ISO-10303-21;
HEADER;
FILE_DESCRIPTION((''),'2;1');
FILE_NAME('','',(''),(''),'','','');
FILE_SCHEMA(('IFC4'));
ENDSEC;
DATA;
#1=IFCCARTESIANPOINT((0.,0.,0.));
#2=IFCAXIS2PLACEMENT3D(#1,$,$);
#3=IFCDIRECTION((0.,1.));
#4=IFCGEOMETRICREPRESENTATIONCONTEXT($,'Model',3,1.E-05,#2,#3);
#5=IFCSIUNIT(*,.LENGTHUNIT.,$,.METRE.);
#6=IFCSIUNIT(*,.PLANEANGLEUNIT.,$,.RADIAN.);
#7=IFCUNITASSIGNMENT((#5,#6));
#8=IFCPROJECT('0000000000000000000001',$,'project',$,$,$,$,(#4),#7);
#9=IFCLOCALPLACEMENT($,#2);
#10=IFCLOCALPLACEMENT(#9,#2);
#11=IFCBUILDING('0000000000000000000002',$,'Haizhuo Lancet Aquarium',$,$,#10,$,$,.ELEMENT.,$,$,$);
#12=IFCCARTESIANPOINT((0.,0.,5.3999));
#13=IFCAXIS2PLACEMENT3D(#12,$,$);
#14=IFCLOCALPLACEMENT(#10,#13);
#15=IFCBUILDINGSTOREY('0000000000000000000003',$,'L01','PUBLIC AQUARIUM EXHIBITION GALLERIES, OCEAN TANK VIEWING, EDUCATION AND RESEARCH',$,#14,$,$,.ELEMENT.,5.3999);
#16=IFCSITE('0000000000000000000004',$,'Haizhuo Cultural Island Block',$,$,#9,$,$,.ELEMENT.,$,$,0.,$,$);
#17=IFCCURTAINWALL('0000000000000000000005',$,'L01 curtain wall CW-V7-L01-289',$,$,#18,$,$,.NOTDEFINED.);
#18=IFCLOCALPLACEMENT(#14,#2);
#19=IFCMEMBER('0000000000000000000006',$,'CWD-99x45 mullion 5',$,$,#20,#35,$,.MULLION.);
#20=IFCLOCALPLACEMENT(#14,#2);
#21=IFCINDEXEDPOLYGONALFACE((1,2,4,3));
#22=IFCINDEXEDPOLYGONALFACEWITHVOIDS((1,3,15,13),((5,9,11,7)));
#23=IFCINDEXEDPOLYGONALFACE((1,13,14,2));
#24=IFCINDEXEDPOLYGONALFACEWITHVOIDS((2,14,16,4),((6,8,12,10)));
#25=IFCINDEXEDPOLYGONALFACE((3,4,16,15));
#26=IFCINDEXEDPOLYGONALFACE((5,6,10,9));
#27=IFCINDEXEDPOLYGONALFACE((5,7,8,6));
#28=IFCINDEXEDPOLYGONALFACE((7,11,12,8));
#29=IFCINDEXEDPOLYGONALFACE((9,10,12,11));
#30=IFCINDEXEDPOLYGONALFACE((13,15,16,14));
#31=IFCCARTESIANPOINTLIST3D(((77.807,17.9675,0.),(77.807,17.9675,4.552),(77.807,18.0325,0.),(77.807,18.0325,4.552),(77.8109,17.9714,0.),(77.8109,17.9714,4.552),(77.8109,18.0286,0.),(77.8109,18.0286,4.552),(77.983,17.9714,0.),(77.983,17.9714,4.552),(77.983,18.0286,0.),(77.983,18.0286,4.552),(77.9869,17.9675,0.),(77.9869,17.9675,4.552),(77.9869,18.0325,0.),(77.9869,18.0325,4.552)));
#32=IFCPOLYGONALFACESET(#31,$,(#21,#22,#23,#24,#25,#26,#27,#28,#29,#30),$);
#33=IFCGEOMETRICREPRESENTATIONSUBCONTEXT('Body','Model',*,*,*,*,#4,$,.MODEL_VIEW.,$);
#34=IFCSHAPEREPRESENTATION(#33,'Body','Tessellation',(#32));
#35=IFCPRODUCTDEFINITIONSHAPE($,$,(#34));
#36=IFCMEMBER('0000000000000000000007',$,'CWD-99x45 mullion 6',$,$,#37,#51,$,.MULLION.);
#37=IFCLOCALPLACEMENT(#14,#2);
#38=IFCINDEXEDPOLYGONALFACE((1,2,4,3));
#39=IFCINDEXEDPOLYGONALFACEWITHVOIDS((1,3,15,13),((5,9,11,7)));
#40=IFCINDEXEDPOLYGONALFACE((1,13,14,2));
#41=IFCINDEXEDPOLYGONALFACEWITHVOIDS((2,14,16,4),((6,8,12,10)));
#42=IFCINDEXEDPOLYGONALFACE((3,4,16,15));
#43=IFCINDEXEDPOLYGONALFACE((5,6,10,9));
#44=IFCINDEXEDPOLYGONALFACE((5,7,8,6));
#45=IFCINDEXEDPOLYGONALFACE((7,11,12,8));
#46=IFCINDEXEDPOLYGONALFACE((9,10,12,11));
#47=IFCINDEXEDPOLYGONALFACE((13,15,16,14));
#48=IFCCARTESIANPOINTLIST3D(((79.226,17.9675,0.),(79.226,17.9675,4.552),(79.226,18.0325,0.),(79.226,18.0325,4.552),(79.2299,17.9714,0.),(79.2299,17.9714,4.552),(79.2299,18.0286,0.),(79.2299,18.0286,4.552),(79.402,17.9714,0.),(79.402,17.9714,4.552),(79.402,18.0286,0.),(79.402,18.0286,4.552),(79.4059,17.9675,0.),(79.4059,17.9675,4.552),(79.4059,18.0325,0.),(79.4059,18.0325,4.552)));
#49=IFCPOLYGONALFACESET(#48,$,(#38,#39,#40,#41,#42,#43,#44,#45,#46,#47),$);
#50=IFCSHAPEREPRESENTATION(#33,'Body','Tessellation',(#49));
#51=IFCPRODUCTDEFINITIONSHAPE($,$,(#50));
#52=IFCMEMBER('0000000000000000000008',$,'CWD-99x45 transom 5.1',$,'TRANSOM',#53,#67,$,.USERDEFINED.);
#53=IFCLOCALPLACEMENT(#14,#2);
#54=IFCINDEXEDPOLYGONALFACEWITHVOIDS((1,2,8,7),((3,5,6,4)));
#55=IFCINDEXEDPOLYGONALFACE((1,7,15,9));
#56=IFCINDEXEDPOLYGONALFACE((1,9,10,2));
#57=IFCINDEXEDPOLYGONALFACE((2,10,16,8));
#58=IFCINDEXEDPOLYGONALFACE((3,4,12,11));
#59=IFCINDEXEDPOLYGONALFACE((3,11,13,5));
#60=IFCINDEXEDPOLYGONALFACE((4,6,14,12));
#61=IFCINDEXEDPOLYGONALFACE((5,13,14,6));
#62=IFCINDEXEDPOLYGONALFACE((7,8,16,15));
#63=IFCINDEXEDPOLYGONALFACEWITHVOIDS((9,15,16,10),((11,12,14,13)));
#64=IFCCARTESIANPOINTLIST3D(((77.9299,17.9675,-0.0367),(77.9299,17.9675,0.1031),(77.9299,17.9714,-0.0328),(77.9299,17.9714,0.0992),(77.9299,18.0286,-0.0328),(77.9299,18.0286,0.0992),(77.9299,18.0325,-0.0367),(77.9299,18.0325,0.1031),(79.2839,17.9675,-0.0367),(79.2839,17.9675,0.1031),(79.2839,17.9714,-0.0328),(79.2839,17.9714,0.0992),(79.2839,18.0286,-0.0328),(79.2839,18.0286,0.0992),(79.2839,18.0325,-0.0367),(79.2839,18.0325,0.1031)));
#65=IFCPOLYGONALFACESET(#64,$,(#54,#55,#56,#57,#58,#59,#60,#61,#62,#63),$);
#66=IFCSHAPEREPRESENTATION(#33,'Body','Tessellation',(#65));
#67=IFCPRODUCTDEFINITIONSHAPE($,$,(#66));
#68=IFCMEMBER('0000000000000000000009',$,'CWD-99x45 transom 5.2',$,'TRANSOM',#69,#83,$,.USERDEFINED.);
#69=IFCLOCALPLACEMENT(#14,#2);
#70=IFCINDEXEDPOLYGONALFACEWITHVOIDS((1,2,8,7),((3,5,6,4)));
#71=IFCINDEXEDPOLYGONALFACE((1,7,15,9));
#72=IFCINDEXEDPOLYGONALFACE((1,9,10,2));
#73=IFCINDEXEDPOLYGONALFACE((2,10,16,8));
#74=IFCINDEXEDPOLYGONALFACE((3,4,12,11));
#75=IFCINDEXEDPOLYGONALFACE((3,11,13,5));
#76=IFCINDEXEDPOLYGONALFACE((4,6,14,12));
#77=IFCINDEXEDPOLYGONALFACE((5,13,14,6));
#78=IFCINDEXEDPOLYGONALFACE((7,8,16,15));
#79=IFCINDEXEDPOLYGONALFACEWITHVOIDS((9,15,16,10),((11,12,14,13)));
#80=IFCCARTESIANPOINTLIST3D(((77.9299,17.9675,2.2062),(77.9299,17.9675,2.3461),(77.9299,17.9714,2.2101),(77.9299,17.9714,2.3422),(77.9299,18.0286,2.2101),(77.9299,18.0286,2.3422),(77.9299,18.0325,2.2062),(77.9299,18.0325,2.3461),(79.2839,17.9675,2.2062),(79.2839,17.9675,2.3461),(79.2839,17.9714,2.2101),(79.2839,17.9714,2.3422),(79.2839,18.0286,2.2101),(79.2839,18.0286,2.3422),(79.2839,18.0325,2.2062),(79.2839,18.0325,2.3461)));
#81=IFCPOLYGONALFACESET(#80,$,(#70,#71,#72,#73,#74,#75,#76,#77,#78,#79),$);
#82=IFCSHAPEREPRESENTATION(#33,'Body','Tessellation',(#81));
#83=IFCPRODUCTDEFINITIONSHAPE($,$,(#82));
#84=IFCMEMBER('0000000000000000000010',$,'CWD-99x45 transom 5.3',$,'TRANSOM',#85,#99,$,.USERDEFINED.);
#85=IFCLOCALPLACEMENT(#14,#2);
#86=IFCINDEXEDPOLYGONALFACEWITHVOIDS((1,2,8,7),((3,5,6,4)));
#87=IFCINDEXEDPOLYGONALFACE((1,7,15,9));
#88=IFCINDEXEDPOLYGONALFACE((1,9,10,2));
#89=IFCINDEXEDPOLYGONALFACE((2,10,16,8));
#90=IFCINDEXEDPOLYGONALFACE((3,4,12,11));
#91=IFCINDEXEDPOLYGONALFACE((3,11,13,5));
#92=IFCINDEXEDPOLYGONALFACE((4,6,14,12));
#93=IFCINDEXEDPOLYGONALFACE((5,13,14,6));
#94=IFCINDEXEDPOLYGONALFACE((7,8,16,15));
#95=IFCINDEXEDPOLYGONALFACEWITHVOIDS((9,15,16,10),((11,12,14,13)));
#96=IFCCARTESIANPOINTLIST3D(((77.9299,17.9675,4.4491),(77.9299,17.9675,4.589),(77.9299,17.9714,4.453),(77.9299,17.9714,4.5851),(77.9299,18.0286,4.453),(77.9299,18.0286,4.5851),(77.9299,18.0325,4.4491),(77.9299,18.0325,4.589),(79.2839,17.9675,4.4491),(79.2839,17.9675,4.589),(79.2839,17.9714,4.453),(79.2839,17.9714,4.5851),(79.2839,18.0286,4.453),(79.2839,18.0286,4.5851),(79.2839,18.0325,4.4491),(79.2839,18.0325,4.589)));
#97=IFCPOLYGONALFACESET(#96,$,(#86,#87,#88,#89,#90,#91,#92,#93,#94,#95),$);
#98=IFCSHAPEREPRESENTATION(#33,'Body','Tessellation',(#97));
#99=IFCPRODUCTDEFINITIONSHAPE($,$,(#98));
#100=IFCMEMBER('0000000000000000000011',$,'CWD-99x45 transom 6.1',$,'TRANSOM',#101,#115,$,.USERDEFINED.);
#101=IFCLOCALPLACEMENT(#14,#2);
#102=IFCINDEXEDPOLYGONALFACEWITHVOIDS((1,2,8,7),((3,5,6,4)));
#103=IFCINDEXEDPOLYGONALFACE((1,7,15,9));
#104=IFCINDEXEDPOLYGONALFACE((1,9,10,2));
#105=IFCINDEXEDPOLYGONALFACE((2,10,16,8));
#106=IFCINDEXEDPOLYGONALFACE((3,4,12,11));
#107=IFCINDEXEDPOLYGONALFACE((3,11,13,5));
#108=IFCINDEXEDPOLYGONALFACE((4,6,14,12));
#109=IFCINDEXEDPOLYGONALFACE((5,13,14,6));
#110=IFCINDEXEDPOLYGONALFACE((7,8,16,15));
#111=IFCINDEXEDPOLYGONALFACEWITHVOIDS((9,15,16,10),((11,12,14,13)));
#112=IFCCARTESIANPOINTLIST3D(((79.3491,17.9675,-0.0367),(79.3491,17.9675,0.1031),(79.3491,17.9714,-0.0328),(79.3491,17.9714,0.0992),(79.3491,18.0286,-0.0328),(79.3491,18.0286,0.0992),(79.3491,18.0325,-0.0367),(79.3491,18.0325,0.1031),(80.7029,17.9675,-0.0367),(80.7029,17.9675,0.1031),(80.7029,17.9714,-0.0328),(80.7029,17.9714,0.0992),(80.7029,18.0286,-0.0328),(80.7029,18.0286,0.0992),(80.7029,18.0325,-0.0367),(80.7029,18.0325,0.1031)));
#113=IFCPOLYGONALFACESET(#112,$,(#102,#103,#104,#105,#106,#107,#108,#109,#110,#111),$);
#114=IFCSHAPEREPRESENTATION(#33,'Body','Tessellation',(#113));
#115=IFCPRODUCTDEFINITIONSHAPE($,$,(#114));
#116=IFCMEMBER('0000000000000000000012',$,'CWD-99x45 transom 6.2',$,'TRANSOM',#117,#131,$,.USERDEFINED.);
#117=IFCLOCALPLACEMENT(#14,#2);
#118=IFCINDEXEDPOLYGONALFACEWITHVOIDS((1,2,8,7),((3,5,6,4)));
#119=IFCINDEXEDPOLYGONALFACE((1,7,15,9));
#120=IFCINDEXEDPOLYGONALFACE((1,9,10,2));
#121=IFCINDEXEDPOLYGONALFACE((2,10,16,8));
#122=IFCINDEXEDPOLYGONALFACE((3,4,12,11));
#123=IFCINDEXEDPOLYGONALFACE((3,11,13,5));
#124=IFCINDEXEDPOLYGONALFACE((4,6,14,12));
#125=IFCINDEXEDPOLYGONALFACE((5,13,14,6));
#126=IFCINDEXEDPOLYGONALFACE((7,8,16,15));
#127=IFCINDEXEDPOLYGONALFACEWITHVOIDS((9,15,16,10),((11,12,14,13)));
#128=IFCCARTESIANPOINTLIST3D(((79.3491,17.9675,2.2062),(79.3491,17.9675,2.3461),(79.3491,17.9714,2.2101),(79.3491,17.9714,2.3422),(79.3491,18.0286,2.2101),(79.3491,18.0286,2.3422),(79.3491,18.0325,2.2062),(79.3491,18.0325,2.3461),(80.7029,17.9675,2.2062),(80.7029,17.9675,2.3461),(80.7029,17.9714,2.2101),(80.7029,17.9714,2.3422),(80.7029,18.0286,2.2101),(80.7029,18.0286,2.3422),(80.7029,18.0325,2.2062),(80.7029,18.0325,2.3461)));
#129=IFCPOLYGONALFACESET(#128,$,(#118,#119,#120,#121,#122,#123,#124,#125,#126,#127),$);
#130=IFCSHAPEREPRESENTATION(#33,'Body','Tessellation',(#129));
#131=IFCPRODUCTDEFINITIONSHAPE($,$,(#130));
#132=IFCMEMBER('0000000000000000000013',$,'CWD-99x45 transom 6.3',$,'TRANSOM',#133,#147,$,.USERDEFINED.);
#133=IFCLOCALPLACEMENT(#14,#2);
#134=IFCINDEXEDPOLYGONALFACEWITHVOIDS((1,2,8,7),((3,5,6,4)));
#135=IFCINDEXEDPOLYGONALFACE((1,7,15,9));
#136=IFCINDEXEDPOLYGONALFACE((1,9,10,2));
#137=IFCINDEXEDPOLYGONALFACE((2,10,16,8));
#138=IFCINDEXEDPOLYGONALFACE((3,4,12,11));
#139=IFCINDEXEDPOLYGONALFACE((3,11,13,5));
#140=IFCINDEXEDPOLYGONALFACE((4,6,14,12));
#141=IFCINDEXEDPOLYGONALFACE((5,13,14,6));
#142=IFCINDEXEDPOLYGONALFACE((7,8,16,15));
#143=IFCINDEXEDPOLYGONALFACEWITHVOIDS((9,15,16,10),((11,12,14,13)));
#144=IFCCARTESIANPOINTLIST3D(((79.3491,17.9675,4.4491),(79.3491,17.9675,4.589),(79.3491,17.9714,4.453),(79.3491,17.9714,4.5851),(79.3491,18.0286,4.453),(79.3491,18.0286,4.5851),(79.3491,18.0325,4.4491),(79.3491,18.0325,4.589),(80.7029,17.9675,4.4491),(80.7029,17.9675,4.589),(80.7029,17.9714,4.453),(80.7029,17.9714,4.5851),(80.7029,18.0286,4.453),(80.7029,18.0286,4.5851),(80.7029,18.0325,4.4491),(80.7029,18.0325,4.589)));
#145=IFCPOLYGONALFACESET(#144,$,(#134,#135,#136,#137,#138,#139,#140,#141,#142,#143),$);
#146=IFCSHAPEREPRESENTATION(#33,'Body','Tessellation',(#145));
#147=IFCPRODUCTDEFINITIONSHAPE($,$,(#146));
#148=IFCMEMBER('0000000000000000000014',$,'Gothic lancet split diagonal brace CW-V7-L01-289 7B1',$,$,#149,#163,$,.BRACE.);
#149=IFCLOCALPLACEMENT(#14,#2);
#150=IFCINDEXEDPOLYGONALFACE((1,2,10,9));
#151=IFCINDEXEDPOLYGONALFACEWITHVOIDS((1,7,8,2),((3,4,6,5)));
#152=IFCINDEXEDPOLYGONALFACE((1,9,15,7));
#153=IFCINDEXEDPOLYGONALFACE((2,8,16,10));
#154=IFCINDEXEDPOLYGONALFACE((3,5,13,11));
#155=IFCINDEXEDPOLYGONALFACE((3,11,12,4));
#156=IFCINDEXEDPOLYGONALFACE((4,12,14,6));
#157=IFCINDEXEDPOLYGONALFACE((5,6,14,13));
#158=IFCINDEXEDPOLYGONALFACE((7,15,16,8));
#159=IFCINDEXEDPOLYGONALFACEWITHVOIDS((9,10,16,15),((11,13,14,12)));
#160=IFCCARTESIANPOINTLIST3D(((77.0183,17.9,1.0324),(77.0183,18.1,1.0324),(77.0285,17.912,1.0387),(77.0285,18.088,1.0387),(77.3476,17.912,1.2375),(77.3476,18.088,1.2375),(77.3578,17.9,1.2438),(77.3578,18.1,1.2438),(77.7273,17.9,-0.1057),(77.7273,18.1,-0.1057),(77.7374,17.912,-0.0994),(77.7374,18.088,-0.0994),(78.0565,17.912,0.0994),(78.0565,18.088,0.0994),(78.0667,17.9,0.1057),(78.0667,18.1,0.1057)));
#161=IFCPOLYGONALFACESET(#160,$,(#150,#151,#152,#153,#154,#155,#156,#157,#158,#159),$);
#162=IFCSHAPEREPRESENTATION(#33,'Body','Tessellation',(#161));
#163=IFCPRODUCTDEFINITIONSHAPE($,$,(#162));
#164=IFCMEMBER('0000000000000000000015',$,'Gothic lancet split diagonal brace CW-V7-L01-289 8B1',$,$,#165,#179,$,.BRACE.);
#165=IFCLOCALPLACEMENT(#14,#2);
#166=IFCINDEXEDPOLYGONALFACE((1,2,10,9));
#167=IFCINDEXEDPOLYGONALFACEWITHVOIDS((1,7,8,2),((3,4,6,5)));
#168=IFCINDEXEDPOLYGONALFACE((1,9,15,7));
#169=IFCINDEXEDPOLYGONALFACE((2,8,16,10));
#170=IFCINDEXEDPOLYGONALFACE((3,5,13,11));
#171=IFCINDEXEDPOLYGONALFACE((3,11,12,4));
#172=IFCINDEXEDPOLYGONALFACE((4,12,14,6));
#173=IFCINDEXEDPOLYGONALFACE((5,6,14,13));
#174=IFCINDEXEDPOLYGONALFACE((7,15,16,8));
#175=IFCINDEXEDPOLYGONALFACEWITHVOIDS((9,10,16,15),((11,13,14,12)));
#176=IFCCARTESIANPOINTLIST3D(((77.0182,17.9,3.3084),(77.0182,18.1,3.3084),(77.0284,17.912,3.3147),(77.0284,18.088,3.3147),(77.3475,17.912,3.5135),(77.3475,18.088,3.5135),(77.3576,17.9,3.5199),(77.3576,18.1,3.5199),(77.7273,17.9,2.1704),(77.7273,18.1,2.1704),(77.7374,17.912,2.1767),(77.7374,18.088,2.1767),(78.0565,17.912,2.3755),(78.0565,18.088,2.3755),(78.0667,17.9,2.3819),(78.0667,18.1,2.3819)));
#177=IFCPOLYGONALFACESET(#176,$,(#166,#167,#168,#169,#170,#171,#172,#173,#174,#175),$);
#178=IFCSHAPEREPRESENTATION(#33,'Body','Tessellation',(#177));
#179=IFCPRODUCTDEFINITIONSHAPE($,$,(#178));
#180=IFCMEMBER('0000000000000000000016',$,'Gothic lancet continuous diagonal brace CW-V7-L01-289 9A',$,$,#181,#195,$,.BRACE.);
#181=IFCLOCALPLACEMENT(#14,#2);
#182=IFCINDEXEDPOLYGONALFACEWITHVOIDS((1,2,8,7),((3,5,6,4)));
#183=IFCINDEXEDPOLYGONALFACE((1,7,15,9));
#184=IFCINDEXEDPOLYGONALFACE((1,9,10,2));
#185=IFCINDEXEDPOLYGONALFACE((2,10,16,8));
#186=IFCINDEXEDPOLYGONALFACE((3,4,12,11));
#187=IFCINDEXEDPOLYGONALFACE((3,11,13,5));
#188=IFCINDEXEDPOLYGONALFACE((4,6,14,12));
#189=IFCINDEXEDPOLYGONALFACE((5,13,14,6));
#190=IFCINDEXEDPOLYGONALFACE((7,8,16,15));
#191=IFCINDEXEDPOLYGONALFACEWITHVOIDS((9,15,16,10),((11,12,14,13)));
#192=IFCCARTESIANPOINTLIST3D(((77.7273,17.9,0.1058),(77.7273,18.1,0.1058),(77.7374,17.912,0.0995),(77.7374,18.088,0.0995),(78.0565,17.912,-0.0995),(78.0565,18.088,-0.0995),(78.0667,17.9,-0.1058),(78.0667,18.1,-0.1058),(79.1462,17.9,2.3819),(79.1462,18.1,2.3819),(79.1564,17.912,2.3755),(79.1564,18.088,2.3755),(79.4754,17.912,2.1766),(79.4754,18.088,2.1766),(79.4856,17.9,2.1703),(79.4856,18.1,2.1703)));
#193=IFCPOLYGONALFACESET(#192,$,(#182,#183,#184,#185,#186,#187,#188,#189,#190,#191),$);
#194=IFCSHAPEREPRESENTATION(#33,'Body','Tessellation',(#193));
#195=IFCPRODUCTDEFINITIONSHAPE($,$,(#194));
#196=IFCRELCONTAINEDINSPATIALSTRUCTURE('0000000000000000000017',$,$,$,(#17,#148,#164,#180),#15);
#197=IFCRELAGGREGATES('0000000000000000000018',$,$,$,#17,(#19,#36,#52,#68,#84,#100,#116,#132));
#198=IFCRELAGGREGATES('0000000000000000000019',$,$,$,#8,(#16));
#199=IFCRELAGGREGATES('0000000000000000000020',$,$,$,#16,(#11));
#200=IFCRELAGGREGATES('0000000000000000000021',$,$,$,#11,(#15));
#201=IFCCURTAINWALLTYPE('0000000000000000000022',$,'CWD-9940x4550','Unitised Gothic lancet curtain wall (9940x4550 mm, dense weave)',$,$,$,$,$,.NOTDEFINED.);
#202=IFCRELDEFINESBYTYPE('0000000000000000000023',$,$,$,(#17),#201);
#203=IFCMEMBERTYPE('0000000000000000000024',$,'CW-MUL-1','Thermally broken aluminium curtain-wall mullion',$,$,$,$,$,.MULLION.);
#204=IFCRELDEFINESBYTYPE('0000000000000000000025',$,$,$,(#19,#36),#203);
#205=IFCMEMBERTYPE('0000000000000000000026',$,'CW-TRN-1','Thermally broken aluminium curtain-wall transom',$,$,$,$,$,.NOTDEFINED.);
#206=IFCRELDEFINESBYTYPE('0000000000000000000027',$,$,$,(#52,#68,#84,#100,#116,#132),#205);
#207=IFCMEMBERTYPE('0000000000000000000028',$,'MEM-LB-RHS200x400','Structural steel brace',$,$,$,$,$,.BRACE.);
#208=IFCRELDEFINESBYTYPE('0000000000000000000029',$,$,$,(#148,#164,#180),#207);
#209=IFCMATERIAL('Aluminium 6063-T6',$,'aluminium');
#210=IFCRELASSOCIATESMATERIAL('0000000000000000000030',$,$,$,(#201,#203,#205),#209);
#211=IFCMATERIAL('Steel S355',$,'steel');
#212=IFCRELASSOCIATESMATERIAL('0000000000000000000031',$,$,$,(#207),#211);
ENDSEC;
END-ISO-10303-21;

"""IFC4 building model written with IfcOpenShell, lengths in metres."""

from ifc_helpers import new_model, si_unit, direction, frame, origin, origin_2d, place, context, subcontext, project, spatial, hollow_rectangle, extrude, material, material_profile, profile_set, type_object, element, aggregate, save


model = new_model("IFC4")

# Units and contexts
model_context = context("Model", 3, precision=1e-05, world=origin(), true_north=direction((0.0, 1.0)))
body_context = subcontext(model_context, "Body", "Model", "MODEL_VIEW")
ifc_project = project(units=[si_unit("LENGTHUNIT", "METRE"), si_unit("PLANEANGLEUNIT", "RADIAN")], contexts=[model_context])

# Site, building, storey
site_placement = place(None, origin())
site = spatial("IfcSite", under=ifc_project, at=site_placement, Name="Haizhuo Cultural Island Block", CompositionType="ELEMENT", RefElevation=0.0)
building_placement = place(site_placement, origin())
building = spatial("IfcBuilding", under=site, at=building_placement, Name="Haizhuo Lancet Aquarium", CompositionType="ELEMENT")
storey_placement = place(building_placement, frame((0.0, 0.0, 5.3999)))
storey = spatial("IfcBuildingStorey", under=building, at=storey_placement, Name="L01", Description="PUBLIC AQUARIUM EXHIBITION GALLERIES, OCEAN TANK VIEWING, EDUCATION AND RESEARCH", CompositionType="ELEMENT", Elevation=5.3999)

# Curtain wall, members
ifc_material_1 = material(Name="Aluminium 6063-T6", Category="aluminium")
curtain_wall_type = type_object("IfcCurtainWallType", Name="CWD-9940x4550", Description="Unitised Gothic lancet curtain wall (9940x4550 mm, dense weave)", PredefinedType="NOTDEFINED", material=ifc_material_1)
curtain_wall_placement = place(storey_placement, origin())
curtain_wall = element("IfcCurtainWall", 1, at=curtain_wall_placement, inside=storey, type_object=curtain_wall_type, Name="L01 curtain wall CW-V7-L01-289", PredefinedType="NOTDEFINED")
ifc_material_profile_1 = material_profile(ifc_material_1, hollow_rectangle(XDim=0.0649, YDim=0.1799, WallThickness=0.0039, at=origin_2d()), Name="ALU-M 65x180x4")
ifc_profile_set_1 = profile_set([ifc_material_profile_1], Name="Aluminium 6063-T6")
member_type_1 = type_object("IfcMemberType", Name="CW-MUL-1", Description="Thermally broken aluminium curtain-wall mullion", PredefinedType="MULLION", material=ifc_profile_set_1)
member_1_placement = place(storey_placement, frame((77.897, 18.0, 0.0), z_axis=(0.0, 0.0, 1.0), x_axis=(0.0, 1.0, 0.0)))
member_1 = element("IfcMember", 2, at=member_1_placement, type_object=member_type_1, Name="CWD-99x45 mullion 5", PredefinedType="MULLION", context=body_context, shape_type="SweptSolid", body=[
    extrude(hollow_rectangle(XDim=0.0649, YDim=0.1799, WallThickness=0.0039, at=origin_2d()), origin(), (0.0, 0.0, 1.0), 4.552),
])
member_2_placement = place(storey_placement, frame((79.3159, 18.0, 0.0), z_axis=(0.0, 0.0, 1.0), x_axis=(0.0, 1.0, 0.0)))
member_2 = element("IfcMember", 3, at=member_2_placement, type_object=member_type_1, Name="CWD-99x45 mullion 6", PredefinedType="MULLION", context=body_context, shape_type="SweptSolid", body=[
    extrude(hollow_rectangle(XDim=0.0649, YDim=0.1799, WallThickness=0.0039, at=origin_2d()), origin(), (0.0, 0.0, 1.0), 4.552),
])
ifc_material_profile_2 = material_profile(ifc_material_1, hollow_rectangle(XDim=0.0649, YDim=0.1399, WallThickness=0.0039, at=origin_2d()), Name="ALU-T 65x140x4")
ifc_profile_set_2 = profile_set([ifc_material_profile_2], Name="Aluminium 6063-T6")
member_type_2 = type_object("IfcMemberType", Name="CW-TRN-1", Description="Thermally broken aluminium curtain-wall transom", PredefinedType="NOTDEFINED", material=ifc_profile_set_2)
member_3_placement = place(storey_placement, frame((77.9299, 18.0, 0.0332), z_axis=(1.0, 0.0, 0.0), x_axis=(0.0, 1.0, 0.0)))
member_3 = element("IfcMember", 4, at=member_3_placement, type_object=member_type_2, Name="CWD-99x45 transom 5.1", ObjectType="TRANSOM", PredefinedType="USERDEFINED", context=body_context, shape_type="SweptSolid", body=[
    extrude(hollow_rectangle(XDim=0.0649, YDim=0.1399, WallThickness=0.0039, at=origin_2d()), origin(), (0.0, 0.0, 1.0), 1.354),
])
member_4_placement = place(storey_placement, frame((77.9299, 18.0, 2.2761), z_axis=(1.0, 0.0, 0.0), x_axis=(0.0, 1.0, 0.0)))
member_4 = element("IfcMember", 5, at=member_4_placement, type_object=member_type_2, Name="CWD-99x45 transom 5.2", ObjectType="TRANSOM", PredefinedType="USERDEFINED", context=body_context, shape_type="SweptSolid", body=[
    extrude(hollow_rectangle(XDim=0.0649, YDim=0.1399, WallThickness=0.0039, at=origin_2d()), origin(), (0.0, 0.0, 1.0), 1.354),
])
member_5_placement = place(storey_placement, frame((77.9299, 18.0, 4.519), z_axis=(1.0, 0.0, 0.0), x_axis=(0.0, 1.0, 0.0)))
member_5 = element("IfcMember", 6, at=member_5_placement, type_object=member_type_2, Name="CWD-99x45 transom 5.3", ObjectType="TRANSOM", PredefinedType="USERDEFINED", context=body_context, shape_type="SweptSolid", body=[
    extrude(hollow_rectangle(XDim=0.0649, YDim=0.1399, WallThickness=0.0039, at=origin_2d()), origin(), (0.0, 0.0, 1.0), 1.354),
])
member_6_placement = place(storey_placement, frame((79.3491, 18.0, 0.0332), z_axis=(1.0, 0.0, 0.0), x_axis=(0.0, 1.0, 0.0)))
member_6 = element("IfcMember", 7, at=member_6_placement, type_object=member_type_2, Name="CWD-99x45 transom 6.1", ObjectType="TRANSOM", PredefinedType="USERDEFINED", context=body_context, shape_type="SweptSolid", body=[
    extrude(hollow_rectangle(XDim=0.0649, YDim=0.1399, WallThickness=0.0039, at=origin_2d()), origin(), (0.0, 0.0, 1.0), 1.3538),
])
member_7_placement = place(storey_placement, frame((79.3491, 18.0, 2.2761), z_axis=(1.0, 0.0, 0.0), x_axis=(0.0, 1.0, 0.0)))
member_7 = element("IfcMember", 8, at=member_7_placement, type_object=member_type_2, Name="CWD-99x45 transom 6.2", ObjectType="TRANSOM", PredefinedType="USERDEFINED", context=body_context, shape_type="SweptSolid", body=[
    extrude(hollow_rectangle(XDim=0.0649, YDim=0.1399, WallThickness=0.0039, at=origin_2d()), origin(), (0.0, 0.0, 1.0), 1.3538),
])
member_8_placement = place(storey_placement, frame((79.3491, 18.0, 4.519), z_axis=(1.0, 0.0, 0.0), x_axis=(0.0, 1.0, 0.0)))
member_8 = element("IfcMember", 9, at=member_8_placement, type_object=member_type_2, Name="CWD-99x45 transom 6.3", ObjectType="TRANSOM", PredefinedType="USERDEFINED", context=body_context, shape_type="SweptSolid", body=[
    extrude(hollow_rectangle(XDim=0.0649, YDim=0.1399, WallThickness=0.0039, at=origin_2d()), origin(), (0.0, 0.0, 1.0), 1.3538),
])

# Members
ifc_material_2 = material(Name="Steel S355", Category="steel")
ifc_material_profile_3 = material_profile(ifc_material_2, hollow_rectangle(XDim=0.2, YDim=0.3999, WallThickness=0.012, at=origin_2d()), Name="RHS 200x400x12")
ifc_profile_set_3 = profile_set([ifc_material_profile_3], Name="Steel S355")
member_type_3 = type_object("IfcMemberType", Name="MEM-LB-RHS200x400", Description="Structural steel brace", PredefinedType="BRACE", material=ifc_profile_set_3)
for number, where, z_axis, x_axis, name in (
    (10, (77.897, 18.0, 0.0), (-0.528722, 0.0, 0.848795), (0.0, -1.0, 0.0), "Gothic lancet split diagonal brace CW-V7-L01-289 7B1"),
    (11, (77.897, 18.0, 2.2761), (-0.528804, 0.0, 0.848744), (0.0, -1.0, 0.0), "Gothic lancet split diagonal brace CW-V7-L01-289 8B1"),
):
    element("IfcMember", number, at=place(storey_placement, frame(where, z_axis=z_axis, x_axis=x_axis)), inside=storey, type_object=member_type_3, Name=name, PredefinedType="BRACE", context=body_context, shape_type="SweptSolid", body=[
        extrude(hollow_rectangle(XDim=0.2, YDim=0.3999, WallThickness=0.012, at=origin_2d()), origin(), (0.0, 0.0, 1.0), 1.3408),
    ])
member_9_placement = place(storey_placement, frame((77.897, 18.0, 0.0), z_axis=(0.529025, 0.0, 0.848606), x_axis=(0.0, 1.0, 0.0)))
element("IfcMember", 12, at=member_9_placement, inside=storey, type_object=member_type_3, Name="Gothic lancet continuous diagonal brace CW-V7-L01-289 9A", PredefinedType="BRACE", context=body_context, shape_type="SweptSolid", body=[
    extrude(hollow_rectangle(XDim=0.2, YDim=0.3999, WallThickness=0.012, at=origin_2d()), origin(), (0.0, 0.0, 1.0), 2.6821),
])

aggregate(curtain_wall, [member_1, member_2, member_3, member_4, member_5, member_6, member_7, member_8])

save(model, "model.ifc")
